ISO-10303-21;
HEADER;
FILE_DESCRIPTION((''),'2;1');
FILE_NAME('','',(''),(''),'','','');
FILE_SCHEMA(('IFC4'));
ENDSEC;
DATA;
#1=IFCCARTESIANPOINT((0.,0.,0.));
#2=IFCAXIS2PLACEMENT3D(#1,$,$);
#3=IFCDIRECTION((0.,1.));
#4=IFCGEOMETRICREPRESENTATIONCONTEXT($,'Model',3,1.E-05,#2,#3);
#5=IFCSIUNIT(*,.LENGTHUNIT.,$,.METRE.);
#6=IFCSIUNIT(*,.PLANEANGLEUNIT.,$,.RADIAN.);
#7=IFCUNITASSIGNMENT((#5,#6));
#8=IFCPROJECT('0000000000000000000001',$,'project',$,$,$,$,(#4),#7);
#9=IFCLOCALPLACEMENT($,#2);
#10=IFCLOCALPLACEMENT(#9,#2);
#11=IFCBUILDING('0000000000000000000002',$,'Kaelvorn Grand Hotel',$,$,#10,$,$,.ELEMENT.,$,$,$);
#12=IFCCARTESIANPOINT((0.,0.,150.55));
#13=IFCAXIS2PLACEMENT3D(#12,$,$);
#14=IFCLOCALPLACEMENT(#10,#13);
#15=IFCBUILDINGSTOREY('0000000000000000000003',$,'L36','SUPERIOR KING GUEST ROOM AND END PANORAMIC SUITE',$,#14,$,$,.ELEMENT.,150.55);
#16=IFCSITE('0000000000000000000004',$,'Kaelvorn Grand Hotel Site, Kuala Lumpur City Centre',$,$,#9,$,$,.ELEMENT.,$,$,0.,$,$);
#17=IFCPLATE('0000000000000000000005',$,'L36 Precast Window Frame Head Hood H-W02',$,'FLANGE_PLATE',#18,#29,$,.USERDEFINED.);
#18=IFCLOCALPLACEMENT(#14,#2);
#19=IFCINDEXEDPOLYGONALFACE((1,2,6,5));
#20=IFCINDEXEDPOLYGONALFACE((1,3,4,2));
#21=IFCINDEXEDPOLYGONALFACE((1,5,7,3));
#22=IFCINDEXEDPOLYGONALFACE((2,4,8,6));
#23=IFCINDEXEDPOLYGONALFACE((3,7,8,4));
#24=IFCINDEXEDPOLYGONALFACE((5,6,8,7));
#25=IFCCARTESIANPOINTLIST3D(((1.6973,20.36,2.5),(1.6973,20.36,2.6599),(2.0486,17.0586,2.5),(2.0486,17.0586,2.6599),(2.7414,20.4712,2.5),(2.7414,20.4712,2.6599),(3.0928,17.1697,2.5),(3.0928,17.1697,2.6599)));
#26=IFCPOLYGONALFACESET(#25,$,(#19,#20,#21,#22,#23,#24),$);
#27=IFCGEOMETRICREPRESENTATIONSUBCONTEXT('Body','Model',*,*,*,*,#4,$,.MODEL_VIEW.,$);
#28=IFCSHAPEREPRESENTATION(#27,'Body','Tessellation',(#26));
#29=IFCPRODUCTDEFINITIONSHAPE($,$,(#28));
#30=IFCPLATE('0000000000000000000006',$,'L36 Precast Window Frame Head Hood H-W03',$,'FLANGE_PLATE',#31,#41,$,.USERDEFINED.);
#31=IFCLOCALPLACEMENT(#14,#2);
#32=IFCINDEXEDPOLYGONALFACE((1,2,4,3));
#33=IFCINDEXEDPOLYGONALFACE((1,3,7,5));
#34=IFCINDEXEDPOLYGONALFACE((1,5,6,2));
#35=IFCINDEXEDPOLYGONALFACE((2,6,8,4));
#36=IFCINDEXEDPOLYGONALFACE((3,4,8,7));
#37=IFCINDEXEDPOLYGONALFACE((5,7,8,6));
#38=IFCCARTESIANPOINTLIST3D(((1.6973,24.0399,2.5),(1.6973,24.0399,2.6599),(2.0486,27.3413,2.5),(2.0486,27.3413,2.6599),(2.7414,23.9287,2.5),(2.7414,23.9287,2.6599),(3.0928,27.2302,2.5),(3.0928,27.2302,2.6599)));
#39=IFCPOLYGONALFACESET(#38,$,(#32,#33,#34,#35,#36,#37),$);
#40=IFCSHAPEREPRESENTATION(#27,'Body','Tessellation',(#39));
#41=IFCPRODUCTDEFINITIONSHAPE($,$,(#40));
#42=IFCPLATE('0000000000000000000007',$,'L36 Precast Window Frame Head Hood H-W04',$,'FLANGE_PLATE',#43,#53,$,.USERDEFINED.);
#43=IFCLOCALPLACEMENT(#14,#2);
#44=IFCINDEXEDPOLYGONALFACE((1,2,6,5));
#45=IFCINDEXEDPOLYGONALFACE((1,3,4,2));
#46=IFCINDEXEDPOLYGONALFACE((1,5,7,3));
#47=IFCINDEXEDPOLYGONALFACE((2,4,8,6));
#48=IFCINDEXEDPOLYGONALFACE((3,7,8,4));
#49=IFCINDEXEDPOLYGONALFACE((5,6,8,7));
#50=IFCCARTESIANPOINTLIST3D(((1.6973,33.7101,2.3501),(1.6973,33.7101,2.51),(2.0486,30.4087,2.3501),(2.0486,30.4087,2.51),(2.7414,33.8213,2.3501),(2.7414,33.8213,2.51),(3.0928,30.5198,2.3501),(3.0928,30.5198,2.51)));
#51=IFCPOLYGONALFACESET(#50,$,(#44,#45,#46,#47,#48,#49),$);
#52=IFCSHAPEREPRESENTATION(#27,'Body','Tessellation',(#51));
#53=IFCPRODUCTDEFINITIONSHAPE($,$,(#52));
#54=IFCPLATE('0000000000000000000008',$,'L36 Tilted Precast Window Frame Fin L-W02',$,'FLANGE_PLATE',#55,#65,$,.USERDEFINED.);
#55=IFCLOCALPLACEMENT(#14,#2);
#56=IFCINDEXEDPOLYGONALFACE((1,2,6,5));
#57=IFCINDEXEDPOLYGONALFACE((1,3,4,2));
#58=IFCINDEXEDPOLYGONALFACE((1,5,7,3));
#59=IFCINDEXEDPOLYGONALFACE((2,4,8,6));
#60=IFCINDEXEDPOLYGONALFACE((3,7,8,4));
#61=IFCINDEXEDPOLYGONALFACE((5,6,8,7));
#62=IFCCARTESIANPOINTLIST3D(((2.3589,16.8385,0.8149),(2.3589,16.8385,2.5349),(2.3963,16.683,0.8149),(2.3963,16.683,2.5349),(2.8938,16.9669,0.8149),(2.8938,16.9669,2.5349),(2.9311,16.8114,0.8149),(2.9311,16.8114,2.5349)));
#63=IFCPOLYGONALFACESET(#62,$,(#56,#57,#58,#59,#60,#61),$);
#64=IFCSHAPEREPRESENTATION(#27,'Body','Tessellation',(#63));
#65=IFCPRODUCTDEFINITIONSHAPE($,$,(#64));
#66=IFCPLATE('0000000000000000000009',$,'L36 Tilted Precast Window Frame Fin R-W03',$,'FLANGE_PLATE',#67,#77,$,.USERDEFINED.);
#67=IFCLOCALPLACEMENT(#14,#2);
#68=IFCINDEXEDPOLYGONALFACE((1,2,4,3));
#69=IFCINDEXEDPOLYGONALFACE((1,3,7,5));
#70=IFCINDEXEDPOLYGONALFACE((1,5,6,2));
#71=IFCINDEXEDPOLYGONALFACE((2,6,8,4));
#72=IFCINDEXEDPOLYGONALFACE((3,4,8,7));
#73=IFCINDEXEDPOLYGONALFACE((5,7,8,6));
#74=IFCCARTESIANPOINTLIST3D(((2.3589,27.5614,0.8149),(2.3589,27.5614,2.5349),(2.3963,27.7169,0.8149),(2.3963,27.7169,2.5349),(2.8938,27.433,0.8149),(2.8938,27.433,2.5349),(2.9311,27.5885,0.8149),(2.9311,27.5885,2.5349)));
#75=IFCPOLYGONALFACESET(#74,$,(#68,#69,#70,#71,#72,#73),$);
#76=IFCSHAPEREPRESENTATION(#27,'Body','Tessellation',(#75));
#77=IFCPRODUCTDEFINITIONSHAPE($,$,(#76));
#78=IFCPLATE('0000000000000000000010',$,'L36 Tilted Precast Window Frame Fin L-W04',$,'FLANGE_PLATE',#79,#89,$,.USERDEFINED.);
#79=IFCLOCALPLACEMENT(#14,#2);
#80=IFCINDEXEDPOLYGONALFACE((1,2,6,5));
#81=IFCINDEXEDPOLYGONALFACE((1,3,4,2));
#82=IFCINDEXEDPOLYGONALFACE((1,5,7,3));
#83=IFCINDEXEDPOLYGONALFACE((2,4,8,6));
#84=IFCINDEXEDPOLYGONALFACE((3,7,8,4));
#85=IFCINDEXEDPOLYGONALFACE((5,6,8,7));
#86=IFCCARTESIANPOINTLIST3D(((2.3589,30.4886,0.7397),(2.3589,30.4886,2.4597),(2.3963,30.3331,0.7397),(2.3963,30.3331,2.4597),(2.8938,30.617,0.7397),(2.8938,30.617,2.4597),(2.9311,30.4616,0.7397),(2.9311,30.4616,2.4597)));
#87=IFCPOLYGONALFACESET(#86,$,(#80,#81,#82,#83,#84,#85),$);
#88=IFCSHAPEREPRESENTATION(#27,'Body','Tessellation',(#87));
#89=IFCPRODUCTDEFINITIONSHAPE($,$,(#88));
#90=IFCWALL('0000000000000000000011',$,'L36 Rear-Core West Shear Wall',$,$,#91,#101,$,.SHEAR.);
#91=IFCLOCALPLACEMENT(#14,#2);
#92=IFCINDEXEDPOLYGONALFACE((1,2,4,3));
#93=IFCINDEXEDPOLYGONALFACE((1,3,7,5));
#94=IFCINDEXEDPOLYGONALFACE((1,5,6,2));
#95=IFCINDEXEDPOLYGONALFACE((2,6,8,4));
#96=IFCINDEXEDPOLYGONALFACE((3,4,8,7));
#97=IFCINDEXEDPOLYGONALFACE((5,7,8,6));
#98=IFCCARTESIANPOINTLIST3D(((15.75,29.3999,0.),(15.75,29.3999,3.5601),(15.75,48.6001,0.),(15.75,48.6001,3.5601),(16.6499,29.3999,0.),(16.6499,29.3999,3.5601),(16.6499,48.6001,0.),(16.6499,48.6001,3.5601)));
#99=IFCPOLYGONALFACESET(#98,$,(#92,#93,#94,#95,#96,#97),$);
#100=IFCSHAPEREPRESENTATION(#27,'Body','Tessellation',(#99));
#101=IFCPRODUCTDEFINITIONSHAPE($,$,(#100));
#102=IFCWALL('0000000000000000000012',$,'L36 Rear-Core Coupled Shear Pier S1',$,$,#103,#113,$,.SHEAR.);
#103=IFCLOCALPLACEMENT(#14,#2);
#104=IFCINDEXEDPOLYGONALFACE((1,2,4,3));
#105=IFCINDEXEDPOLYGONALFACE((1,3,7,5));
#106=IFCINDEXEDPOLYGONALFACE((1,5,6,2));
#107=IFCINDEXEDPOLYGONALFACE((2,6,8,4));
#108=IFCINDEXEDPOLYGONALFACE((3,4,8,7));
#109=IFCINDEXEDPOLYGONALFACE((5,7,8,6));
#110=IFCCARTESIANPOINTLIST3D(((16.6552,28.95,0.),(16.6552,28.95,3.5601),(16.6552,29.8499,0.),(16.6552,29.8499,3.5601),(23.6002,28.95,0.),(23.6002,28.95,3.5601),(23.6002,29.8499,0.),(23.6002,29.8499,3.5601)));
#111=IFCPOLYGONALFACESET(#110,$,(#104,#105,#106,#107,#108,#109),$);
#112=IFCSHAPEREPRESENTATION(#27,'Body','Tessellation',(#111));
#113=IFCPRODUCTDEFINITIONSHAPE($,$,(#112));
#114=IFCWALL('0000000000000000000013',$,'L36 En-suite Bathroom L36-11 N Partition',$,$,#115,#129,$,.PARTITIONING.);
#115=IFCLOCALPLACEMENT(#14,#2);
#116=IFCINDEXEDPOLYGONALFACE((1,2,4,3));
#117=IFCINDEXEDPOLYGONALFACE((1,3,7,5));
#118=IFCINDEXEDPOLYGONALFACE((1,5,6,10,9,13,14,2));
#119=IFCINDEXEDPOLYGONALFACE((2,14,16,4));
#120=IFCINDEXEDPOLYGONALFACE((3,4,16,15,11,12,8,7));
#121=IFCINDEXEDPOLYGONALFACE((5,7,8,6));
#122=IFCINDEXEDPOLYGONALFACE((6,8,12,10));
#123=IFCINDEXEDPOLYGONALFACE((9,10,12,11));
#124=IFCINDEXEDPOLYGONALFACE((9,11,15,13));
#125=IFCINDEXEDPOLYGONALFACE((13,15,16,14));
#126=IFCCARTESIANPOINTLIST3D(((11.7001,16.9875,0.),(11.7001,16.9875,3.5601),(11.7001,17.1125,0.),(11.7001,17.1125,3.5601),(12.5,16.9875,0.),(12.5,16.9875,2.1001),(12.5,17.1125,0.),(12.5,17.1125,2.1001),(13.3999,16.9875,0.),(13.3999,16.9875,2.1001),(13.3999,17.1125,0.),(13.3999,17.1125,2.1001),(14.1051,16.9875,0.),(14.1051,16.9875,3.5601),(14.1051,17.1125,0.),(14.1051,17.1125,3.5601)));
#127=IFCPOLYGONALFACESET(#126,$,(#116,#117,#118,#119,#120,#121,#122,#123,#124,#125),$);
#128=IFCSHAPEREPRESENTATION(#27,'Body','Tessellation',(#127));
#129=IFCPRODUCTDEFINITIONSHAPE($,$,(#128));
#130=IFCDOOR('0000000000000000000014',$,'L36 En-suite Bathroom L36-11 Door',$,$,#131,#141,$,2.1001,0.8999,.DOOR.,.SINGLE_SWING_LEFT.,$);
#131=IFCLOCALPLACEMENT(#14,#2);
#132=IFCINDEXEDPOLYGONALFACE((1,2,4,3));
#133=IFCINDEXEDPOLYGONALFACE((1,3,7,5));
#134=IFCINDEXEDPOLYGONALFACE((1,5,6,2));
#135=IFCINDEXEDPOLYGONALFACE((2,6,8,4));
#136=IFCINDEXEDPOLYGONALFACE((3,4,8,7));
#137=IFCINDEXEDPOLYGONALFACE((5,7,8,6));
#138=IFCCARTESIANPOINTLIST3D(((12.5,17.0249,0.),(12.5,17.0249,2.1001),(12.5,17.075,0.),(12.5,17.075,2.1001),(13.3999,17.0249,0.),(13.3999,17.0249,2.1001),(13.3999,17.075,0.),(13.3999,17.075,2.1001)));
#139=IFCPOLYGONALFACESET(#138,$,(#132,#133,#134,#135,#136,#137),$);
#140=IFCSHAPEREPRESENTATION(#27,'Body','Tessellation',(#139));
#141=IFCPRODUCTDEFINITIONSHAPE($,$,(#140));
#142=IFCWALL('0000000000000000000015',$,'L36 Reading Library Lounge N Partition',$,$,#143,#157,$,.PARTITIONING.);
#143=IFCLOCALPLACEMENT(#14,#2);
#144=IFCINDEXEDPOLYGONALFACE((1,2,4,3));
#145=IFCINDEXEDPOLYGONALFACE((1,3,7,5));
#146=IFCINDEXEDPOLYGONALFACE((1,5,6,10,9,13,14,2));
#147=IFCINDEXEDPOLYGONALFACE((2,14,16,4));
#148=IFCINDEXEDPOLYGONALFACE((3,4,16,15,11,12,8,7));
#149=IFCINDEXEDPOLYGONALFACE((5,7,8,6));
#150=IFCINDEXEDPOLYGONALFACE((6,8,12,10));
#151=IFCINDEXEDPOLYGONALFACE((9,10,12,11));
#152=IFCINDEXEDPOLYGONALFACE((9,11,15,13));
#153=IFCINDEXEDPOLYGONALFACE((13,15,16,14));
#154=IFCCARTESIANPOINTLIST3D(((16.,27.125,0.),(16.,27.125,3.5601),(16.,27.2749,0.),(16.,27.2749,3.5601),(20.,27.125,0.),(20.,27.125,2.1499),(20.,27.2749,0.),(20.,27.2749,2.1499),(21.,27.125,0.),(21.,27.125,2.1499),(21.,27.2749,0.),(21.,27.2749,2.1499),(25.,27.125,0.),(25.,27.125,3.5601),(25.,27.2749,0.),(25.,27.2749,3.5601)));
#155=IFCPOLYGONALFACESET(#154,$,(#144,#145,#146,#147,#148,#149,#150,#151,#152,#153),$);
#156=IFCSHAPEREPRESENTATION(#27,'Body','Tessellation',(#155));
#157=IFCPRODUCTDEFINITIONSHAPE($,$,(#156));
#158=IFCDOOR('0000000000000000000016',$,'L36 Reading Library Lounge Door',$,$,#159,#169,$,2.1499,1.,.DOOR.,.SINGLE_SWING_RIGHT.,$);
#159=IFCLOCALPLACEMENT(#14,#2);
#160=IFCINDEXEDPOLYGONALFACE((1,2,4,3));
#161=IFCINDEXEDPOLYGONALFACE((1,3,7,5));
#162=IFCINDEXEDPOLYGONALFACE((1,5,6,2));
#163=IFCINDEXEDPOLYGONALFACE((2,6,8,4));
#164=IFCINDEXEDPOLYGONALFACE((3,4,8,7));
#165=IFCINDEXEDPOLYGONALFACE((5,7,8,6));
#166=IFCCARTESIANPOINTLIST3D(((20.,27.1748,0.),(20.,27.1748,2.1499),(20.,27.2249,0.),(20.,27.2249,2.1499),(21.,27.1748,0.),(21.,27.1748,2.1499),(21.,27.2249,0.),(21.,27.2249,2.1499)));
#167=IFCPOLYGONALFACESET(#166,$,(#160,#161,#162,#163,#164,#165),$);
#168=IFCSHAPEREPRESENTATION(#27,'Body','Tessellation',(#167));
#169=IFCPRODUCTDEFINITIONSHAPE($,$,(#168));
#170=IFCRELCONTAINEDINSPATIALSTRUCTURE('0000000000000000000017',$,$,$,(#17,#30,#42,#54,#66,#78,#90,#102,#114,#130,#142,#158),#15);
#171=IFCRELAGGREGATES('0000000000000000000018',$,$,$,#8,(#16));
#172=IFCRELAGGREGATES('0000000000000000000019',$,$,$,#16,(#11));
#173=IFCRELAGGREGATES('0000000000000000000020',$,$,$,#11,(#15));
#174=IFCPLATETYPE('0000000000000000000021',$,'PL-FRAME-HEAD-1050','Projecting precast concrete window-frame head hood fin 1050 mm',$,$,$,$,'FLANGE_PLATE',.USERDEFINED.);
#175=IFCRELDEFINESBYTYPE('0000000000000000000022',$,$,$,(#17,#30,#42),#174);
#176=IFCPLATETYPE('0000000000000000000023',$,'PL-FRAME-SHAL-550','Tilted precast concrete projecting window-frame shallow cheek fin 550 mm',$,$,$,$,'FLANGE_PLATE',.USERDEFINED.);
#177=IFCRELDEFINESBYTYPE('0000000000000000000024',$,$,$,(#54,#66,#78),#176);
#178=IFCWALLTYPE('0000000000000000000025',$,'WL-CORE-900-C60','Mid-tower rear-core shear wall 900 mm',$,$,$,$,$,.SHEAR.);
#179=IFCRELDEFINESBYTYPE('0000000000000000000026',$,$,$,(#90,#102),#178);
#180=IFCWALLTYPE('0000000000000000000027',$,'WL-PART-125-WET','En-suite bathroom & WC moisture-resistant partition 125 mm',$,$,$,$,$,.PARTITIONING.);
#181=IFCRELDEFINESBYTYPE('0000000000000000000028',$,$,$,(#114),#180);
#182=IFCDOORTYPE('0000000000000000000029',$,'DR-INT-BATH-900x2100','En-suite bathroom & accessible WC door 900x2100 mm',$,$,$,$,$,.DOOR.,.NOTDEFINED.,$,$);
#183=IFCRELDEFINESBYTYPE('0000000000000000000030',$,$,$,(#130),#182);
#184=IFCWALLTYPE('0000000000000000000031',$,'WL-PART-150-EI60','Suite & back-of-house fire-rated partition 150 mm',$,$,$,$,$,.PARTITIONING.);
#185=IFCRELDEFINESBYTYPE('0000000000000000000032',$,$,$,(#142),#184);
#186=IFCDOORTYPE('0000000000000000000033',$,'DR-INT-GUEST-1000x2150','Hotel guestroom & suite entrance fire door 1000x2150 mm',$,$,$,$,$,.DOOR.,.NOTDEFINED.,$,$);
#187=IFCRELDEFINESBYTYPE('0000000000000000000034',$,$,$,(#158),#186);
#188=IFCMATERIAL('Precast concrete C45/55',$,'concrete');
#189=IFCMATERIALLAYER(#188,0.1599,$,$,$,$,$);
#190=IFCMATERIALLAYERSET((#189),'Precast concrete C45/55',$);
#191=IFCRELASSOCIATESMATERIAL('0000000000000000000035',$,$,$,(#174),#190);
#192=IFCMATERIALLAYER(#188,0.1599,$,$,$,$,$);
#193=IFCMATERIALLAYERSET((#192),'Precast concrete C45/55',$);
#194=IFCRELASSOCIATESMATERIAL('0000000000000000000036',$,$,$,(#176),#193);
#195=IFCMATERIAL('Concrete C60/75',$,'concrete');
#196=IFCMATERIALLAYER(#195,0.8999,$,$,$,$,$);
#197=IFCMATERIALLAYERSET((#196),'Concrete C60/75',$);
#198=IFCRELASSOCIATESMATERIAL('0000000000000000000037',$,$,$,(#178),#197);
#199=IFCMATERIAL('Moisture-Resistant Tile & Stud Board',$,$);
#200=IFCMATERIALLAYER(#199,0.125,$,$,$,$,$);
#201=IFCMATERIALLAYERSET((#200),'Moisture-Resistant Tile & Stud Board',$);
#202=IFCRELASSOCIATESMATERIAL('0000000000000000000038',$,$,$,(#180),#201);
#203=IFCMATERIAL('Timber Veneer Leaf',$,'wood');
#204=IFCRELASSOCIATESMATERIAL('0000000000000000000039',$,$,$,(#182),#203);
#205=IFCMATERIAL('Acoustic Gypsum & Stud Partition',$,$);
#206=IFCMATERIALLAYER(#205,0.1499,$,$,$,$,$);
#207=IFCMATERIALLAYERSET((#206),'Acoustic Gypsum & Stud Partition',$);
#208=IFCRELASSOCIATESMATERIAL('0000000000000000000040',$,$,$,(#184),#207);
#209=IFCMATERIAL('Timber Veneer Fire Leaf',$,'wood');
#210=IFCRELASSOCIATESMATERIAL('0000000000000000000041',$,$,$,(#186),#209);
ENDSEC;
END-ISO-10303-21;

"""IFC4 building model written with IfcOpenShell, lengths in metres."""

from ifc_helpers import new_model, si_unit, direction, frame, frame_2d, origin, origin_2d, place, context, subcontext, project, spatial, rectangle, extrude, material, layer, layer_set, type_object, element, fill, save


model = new_model("IFC4")

# Units and contexts
model_context = context("Model", 3, precision=1e-05, world=origin(), true_north=direction((0.0, 1.0)))
body_context = subcontext(model_context, "Body", "Model", "MODEL_VIEW")
ifc_project = project(units=[si_unit("LENGTHUNIT", "METRE"), si_unit("PLANEANGLEUNIT", "RADIAN")], contexts=[model_context])

# Site, building, storey
site_placement = place(None, origin())
site = spatial("IfcSite", under=ifc_project, at=site_placement, Name="Kaelvorn Grand Hotel Site, Kuala Lumpur City Centre", CompositionType="ELEMENT", RefElevation=0.0)
building_placement = place(site_placement, origin())
building = spatial("IfcBuilding", under=site, at=building_placement, Name="Kaelvorn Grand Hotel", CompositionType="ELEMENT")
storey_placement = place(building_placement, frame((0.0, 0.0, 150.55)))
storey = spatial("IfcBuildingStorey", under=building, at=storey_placement, Name="L36", Description="SUPERIOR KING GUEST ROOM AND END PANORAMIC SUITE", CompositionType="ELEMENT", Elevation=150.55)

# Shared definitions
ifc_material_1 = material(Name="Concrete C60/75", Category="concrete")

# Plates
ifc_material_2 = material(Name="Precast concrete C45/55", Category="concrete")
ifc_layer_1 = layer(ifc_material_2, 0.1599)
ifc_layer_set_1 = layer_set([ifc_layer_1], Name="Precast concrete C45/55")
plate_type_1 = type_object("IfcPlateType", Name="PL-FRAME-HEAD-1050", Description="Projecting precast concrete window-frame head hood fin 1050 mm", ElementType="FLANGE_PLATE", PredefinedType="USERDEFINED", material=ifc_layer_set_1)
for number, where, z_axis, x_axis, name in (
    (1, (2.395, 18.7649, 2.5), (0.0, 0.0, 1.0), (-0.10583, 0.994384, 0.0), "L36 Precast Window Frame Head Hood H-W02"),
    (2, (2.395, 25.635, 2.5), (0.0, 0.0, 1.0), (0.10583, 0.994384, 0.0), "L36 Precast Window Frame Head Hood H-W03"),
    (3, (2.395, 32.115, 2.3501), (0.0, 0.0, 1.0), (-0.10583, 0.994384, 0.0), "L36 Precast Window Frame Head Hood H-W04"),
):
    element("IfcPlate", number, at=place(storey_placement, frame(where, z_axis=z_axis, x_axis=x_axis)), inside=storey, type_object=plate_type_1, Name=name, ObjectType="FLANGE_PLATE", PredefinedType="USERDEFINED", context=body_context, shape_type="SweptSolid", body=[
        extrude(rectangle(XDim=3.3201, YDim=1.05, at=origin_2d()), origin(), (0.0, 0.0, 1.0), 0.1599),
    ])
ifc_layer_2 = layer(ifc_material_2, 0.1599)
ifc_layer_set_2 = layer_set([ifc_layer_2], Name="Precast concrete C45/55")
plate_type_2 = type_object("IfcPlateType", Name="PL-FRAME-SHAL-550", Description="Tilted precast concrete projecting window-frame shallow cheek fin 550 mm", ElementType="FLANGE_PLATE", PredefinedType="USERDEFINED", material=ifc_layer_set_2)
for number, where, z_axis, x_axis, name in (
    (4, (2.645, 16.825, 0.8149), (0.0, 0.0, 1.0), (-0.233445, 0.97237, 0.0), "L36 Tilted Precast Window Frame Fin L-W02"),
    (5, (2.645, 27.575, 0.8149), (0.0, 0.0, 1.0), (0.233445, 0.97237, 0.0), "L36 Tilted Precast Window Frame Fin R-W03"),
    (6, (2.645, 30.4751, 0.7397), (0.0, 0.0, 1.0), (-0.233445, 0.97237, 0.0), "L36 Tilted Precast Window Frame Fin L-W04"),
):
    element("IfcPlate", number, at=place(storey_placement, frame(where, z_axis=z_axis, x_axis=x_axis)), inside=storey, type_object=plate_type_2, Name=name, ObjectType="FLANGE_PLATE", PredefinedType="USERDEFINED", context=body_context, shape_type="SweptSolid", body=[
        extrude(rectangle(XDim=0.1599, YDim=0.55, at=origin_2d()), origin(), (0.0, 0.0, 1.0), 1.72),
    ])

# Walls
ifc_layer_3 = layer(ifc_material_1, 0.8999)
ifc_layer_set_3 = layer_set([ifc_layer_3], Name="Concrete C60/75")
wall_type_1 = type_object("IfcWallType", Name="WL-CORE-900-C60", Description="Mid-tower rear-core shear wall 900 mm", PredefinedType="SHEAR", material=ifc_layer_set_3)
wall_1_placement = place(storey_placement, frame((16.2, 29.3999, 0.0), z_axis=(0.0, 0.0, 1.0), x_axis=(0.0, 1.0, 0.0)))
element("IfcWall", 7, at=wall_1_placement, inside=storey, type_object=wall_type_1, Name="L36 Rear-Core West Shear Wall", PredefinedType="SHEAR", context=body_context, shape_type="SweptSolid", body=[
    extrude(rectangle(XDim=19.2002, YDim=0.8999, at=frame_2d((9.6001, 0.0))), origin(), (0.0, 0.0, 1.0), 3.5601),
])
wall_2_placement = place(storey_placement, frame((16.655, 29.3999, 0.0), z_axis=(0.0, 0.0, 1.0), x_axis=(1.0, 0.0, 0.0)))
element("IfcWall", 8, at=wall_2_placement, inside=storey, type_object=wall_type_1, Name="L36 Rear-Core Coupled Shear Pier S1", PredefinedType="SHEAR", context=body_context, shape_type="SweptSolid", body=[
    extrude(rectangle(XDim=6.9451, YDim=0.8999, at=frame_2d((3.4727, 0.0))), origin(), (0.0, 0.0, 1.0), 3.5601),
])

# Walls, openings, doors
ifc_material_3 = material(Name="Moisture-Resistant Tile & Stud Board")
ifc_layer_4 = layer(ifc_material_3, 0.125)
ifc_layer_set_4 = layer_set([ifc_layer_4], Name="Moisture-Resistant Tile & Stud Board")
wall_type_2 = type_object("IfcWallType", Name="WL-PART-125-WET", Description="En-suite bathroom & WC moisture-resistant partition 125 mm", PredefinedType="PARTITIONING", material=ifc_layer_set_4)
wall_3_placement = place(storey_placement, frame((11.7, 17.05, 0.0), z_axis=(0.0, 0.0, 1.0), x_axis=(1.0, 0.0, 0.0)))
wall_3 = element("IfcWall", 9, at=wall_3_placement, inside=storey, type_object=wall_type_2, Name="L36 En-suite Bathroom L36-11 N Partition", PredefinedType="PARTITIONING", context=body_context, shape_type="SweptSolid", body=[
    extrude(rectangle(XDim=2.405, YDim=0.125, at=frame_2d((1.2026, 0.0))), origin(), (0.0, 0.0, 1.0), 3.5601),
])
opening_1_placement = place(wall_3_placement, frame((0.8, 0.0, 0.0)))
opening_1 = element("IfcOpeningElement", 10, at=opening_1_placement, cuts=wall_3, PredefinedType="OPENING", context=body_context, shape_type="SweptSolid", body=[
    extrude(rectangle(XDim=0.8999, YDim=2.1001, at=frame_2d((0.45, 1.05))), frame((0.0, 0.0725, 0.0), z_axis=(0.0, -1.0, 0.0), x_axis=(1.0, 0.0, 0.0)), (0.0, 0.0, 1.0), 0.145),
])
ifc_material_4 = material(Name="Timber Veneer Leaf", Category="wood")
door_type_1 = type_object("IfcDoorType", Name="DR-INT-BATH-900x2100", Description="En-suite bathroom & accessible WC door 900x2100 mm", OperationType="NOTDEFINED", PredefinedType="DOOR", material=ifc_material_4)
door_1_placement = place(opening_1_placement, origin())
door_1 = element("IfcDoor", 11, at=door_1_placement, inside=storey, type_object=door_type_1, Name="L36 En-suite Bathroom L36-11 Door", OperationType="SINGLE_SWING_LEFT", OverallHeight=2.1001, OverallWidth=0.8999, PredefinedType="DOOR", context=body_context, shape_type="SweptSolid", body=[
    extrude(rectangle(XDim=0.8999, YDim=2.1001, at=frame_2d((0.45, 1.05))), frame((0.0, 0.0249, 0.0), z_axis=(0.0, -1.0, 0.0), x_axis=(1.0, 0.0, 0.0)), (0.0, 0.0, 1.0), 0.05),
])
fill(opening_1, door_1)
ifc_material_5 = material(Name="Acoustic Gypsum & Stud Partition")
ifc_layer_5 = layer(ifc_material_5, 0.1499)
ifc_layer_set_5 = layer_set([ifc_layer_5], Name="Acoustic Gypsum & Stud Partition")
wall_type_3 = type_object("IfcWallType", Name="WL-PART-150-EI60", Description="Suite & back-of-house fire-rated partition 150 mm", PredefinedType="PARTITIONING", material=ifc_layer_set_5)
wall_4_placement = place(storey_placement, frame((16.0, 27.2, 0.0), z_axis=(0.0, 0.0, 1.0), x_axis=(1.0, 0.0, 0.0)))
wall_4 = element("IfcWall", 12, at=wall_4_placement, inside=storey, type_object=wall_type_3, Name="L36 Reading Library Lounge N Partition", PredefinedType="PARTITIONING", context=body_context, shape_type="SweptSolid", body=[
    extrude(rectangle(XDim=9.0, YDim=0.1499, at=frame_2d((4.5, 0.0))), origin(), (0.0, 0.0, 1.0), 3.5601),
])
opening_2_placement = place(wall_4_placement, frame((4.0, 0.0, 0.0)))
opening_2 = element("IfcOpeningElement", 13, at=opening_2_placement, cuts=wall_4, PredefinedType="OPENING", context=body_context, shape_type="SweptSolid", body=[
    extrude(rectangle(XDim=1.0, YDim=2.1499, at=frame_2d((0.5, 1.075))), frame((0.0, 0.085, 0.0), z_axis=(0.0, -1.0, 0.0), x_axis=(1.0, 0.0, 0.0)), (0.0, 0.0, 1.0), 0.1699),
])
ifc_material_6 = material(Name="Timber Veneer Fire Leaf", Category="wood")
door_type_2 = type_object("IfcDoorType", Name="DR-INT-GUEST-1000x2150", Description="Hotel guestroom & suite entrance fire door 1000x2150 mm", OperationType="NOTDEFINED", PredefinedType="DOOR", material=ifc_material_6)
door_2_placement = place(opening_2_placement, origin())
door_2 = element("IfcDoor", 14, at=door_2_placement, inside=storey, type_object=door_type_2, Name="L36 Reading Library Lounge Door", OperationType="SINGLE_SWING_RIGHT", OverallHeight=2.1499, OverallWidth=1.0, PredefinedType="DOOR", context=body_context, shape_type="SweptSolid", body=[
    extrude(rectangle(XDim=1.0, YDim=2.1499, at=frame_2d((0.5, 1.075))), frame((0.0, 0.0249, 0.0), z_axis=(0.0, -1.0, 0.0), x_axis=(1.0, 0.0, 0.0)), (0.0, 0.0, 1.0), 0.05),
])
fill(opening_2, door_2)

save(model, "model.ifc")
